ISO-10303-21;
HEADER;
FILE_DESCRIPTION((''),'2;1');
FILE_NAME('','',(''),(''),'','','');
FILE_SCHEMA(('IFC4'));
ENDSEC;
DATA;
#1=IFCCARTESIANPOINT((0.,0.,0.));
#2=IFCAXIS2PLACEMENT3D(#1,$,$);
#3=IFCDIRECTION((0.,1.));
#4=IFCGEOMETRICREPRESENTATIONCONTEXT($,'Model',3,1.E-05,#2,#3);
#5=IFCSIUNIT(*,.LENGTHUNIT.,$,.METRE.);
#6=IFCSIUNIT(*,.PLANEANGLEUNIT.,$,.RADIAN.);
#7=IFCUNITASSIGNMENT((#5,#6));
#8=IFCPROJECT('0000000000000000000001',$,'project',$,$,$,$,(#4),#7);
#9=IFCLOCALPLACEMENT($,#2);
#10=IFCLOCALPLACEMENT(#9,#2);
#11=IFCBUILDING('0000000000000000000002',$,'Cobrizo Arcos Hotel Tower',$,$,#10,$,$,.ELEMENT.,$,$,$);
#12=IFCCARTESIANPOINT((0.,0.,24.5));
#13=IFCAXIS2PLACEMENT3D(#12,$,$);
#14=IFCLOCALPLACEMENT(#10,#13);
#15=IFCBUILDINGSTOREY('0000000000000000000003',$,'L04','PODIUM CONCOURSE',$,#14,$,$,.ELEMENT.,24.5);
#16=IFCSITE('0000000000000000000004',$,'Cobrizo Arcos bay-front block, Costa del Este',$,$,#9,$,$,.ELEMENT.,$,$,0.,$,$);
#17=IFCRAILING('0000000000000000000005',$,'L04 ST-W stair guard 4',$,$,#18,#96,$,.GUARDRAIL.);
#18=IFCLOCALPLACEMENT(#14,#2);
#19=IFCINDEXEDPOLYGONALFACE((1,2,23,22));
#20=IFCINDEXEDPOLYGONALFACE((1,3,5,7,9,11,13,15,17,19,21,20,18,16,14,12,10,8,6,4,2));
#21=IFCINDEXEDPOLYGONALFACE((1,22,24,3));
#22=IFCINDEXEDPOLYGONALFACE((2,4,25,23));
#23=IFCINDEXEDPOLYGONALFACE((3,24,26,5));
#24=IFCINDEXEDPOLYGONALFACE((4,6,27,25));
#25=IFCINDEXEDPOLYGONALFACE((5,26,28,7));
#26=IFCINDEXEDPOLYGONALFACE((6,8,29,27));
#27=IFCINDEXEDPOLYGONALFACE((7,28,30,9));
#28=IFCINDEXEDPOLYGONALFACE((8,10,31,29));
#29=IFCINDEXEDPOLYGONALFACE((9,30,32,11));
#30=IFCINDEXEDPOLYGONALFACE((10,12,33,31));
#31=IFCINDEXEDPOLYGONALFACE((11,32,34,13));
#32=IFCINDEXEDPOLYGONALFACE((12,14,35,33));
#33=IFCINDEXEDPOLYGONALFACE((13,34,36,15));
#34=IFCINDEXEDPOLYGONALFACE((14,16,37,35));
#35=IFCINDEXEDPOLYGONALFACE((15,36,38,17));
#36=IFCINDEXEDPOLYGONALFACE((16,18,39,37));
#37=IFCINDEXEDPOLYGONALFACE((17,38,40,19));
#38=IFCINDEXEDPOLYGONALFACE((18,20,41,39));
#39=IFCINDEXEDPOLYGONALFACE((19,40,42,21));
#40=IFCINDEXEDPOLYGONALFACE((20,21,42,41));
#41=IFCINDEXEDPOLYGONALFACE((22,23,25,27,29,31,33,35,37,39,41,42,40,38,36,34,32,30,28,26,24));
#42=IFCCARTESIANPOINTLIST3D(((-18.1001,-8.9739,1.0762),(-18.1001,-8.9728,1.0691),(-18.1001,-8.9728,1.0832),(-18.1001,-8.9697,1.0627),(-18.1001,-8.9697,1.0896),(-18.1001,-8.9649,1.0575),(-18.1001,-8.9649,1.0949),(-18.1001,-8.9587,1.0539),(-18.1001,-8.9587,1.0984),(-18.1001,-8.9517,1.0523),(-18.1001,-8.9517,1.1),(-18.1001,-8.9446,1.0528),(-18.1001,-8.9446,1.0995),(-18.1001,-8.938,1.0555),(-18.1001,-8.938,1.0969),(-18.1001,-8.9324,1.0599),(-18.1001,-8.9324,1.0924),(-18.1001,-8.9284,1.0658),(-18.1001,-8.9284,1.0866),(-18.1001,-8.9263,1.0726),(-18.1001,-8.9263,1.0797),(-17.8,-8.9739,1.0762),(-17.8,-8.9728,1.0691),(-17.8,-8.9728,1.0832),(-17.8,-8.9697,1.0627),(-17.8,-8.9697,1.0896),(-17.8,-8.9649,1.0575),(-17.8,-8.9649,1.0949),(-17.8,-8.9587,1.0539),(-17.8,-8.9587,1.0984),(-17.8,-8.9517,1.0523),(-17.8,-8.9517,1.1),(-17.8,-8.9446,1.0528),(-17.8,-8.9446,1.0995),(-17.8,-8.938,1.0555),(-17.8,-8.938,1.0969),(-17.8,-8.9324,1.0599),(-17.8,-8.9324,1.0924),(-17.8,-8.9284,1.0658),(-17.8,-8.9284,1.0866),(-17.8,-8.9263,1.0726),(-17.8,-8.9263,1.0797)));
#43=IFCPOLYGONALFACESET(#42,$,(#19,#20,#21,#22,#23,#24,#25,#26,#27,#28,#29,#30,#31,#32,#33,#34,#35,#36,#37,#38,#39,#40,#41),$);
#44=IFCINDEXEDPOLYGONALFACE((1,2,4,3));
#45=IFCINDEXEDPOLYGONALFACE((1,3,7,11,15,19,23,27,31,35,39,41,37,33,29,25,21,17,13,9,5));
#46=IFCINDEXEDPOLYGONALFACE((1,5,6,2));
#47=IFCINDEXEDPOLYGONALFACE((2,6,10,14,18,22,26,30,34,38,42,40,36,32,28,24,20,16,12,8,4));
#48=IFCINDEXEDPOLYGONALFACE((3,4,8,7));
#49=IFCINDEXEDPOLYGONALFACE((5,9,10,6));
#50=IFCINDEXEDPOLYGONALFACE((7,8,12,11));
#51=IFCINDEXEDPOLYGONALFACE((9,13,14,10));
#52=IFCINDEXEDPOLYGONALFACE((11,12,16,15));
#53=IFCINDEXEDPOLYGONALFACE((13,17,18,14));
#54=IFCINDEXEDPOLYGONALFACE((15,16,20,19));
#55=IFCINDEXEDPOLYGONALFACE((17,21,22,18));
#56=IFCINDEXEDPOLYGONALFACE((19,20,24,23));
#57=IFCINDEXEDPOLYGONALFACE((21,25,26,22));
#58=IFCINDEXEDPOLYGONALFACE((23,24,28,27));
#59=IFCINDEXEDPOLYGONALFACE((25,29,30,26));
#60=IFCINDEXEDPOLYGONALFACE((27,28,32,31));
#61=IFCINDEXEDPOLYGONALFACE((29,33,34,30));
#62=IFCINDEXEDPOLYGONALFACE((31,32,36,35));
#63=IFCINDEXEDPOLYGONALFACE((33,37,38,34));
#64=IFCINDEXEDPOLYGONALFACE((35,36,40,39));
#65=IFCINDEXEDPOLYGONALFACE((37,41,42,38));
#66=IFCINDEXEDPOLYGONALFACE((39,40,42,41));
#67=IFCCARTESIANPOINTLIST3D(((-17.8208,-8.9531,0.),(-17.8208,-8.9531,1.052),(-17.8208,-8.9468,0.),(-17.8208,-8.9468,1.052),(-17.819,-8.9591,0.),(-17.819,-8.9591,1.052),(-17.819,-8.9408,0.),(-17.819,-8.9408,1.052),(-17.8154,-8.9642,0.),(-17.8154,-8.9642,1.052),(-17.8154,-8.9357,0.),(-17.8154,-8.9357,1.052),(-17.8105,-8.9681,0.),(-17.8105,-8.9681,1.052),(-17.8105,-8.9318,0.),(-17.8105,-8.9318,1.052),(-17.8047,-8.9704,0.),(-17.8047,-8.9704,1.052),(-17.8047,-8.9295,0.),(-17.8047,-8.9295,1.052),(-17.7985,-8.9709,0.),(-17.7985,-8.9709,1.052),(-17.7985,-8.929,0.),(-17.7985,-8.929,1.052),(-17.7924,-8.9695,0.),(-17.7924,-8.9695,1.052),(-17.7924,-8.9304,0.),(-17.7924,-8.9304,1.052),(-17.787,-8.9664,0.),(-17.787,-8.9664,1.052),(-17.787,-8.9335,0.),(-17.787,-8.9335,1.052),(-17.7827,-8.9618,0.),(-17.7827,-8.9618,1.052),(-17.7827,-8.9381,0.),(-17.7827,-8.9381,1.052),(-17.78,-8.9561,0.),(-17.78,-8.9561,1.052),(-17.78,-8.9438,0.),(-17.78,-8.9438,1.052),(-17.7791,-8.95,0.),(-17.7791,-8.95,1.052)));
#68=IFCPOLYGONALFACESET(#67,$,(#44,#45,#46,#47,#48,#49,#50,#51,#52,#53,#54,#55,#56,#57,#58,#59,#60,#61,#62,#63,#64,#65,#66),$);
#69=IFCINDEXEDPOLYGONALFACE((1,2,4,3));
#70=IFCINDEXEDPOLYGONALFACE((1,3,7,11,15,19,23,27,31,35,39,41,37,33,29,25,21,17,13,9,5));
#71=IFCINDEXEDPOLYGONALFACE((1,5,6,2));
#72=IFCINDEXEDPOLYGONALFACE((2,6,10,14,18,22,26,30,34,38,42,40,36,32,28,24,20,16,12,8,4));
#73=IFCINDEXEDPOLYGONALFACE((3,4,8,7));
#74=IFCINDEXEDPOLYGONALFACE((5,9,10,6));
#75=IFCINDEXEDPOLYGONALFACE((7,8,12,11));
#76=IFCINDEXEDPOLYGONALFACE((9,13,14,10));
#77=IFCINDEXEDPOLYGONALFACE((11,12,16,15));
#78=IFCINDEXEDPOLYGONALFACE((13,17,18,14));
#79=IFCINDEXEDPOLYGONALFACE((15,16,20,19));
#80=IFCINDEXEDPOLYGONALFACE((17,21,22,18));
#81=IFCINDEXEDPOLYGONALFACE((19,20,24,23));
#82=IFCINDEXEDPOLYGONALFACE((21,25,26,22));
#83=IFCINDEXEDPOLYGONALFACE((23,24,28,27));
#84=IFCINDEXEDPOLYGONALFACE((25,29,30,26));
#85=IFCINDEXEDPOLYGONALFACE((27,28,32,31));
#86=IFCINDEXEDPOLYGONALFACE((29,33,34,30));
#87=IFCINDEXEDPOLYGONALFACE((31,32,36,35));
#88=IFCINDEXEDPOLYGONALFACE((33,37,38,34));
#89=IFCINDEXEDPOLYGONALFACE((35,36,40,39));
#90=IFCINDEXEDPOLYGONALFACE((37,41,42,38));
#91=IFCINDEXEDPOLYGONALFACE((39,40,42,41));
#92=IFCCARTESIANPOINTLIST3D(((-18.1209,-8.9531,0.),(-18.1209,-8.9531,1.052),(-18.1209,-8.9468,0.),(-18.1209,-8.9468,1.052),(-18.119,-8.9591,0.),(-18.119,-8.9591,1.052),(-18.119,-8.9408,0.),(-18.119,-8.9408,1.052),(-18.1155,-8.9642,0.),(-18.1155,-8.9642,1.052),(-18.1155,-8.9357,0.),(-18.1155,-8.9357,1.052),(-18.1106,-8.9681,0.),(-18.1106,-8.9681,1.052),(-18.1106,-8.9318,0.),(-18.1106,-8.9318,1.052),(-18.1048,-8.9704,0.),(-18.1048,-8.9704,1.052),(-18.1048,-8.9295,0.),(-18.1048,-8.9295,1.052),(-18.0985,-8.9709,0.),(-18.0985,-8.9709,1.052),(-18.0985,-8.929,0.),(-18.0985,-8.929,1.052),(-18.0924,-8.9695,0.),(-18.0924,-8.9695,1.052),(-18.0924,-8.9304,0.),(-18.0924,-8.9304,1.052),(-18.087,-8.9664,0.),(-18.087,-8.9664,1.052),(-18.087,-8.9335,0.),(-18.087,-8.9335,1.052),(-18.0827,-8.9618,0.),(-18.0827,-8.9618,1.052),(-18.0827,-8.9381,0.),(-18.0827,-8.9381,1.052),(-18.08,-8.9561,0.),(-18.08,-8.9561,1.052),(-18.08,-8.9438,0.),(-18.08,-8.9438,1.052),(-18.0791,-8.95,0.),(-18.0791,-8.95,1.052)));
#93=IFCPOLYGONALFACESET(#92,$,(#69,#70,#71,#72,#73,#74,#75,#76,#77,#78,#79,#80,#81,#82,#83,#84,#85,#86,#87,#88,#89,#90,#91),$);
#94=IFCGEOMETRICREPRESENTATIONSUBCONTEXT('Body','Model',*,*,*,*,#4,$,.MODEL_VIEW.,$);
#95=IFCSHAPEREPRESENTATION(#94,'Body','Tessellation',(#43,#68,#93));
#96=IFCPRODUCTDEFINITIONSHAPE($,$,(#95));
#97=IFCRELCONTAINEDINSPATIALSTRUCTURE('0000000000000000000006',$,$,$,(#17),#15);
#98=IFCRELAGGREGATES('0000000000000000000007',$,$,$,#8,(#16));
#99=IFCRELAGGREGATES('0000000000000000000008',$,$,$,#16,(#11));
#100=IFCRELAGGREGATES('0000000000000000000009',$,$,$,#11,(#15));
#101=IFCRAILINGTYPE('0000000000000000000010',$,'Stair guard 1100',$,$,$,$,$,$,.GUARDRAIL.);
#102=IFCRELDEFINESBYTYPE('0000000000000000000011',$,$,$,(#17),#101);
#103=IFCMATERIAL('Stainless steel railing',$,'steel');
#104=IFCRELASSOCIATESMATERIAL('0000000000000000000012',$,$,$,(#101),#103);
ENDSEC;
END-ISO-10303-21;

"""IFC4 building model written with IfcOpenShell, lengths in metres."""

from ifc_helpers import new_model, si_unit, direction, frame, origin, origin_2d, place, context, subcontext, project, spatial, circle, extrude, material, type_object, element, save


model = new_model("IFC4")

# Units and contexts
model_context = context("Model", 3, precision=1e-05, world=origin(), true_north=direction((0.0, 1.0)))
body_context = subcontext(model_context, "Body", "Model", "MODEL_VIEW")
ifc_project = project(units=[si_unit("LENGTHUNIT", "METRE"), si_unit("PLANEANGLEUNIT", "RADIAN")], contexts=[model_context])

# Site, building, storey
site_placement = place(None, origin())
site = spatial("IfcSite", under=ifc_project, at=site_placement, Name="Cobrizo Arcos bay-front block, Costa del Este", CompositionType="ELEMENT", RefElevation=0.0)
building_placement = place(site_placement, origin())
building = spatial("IfcBuilding", under=site, at=building_placement, Name="Cobrizo Arcos Hotel Tower", CompositionType="ELEMENT")
storey_placement = place(building_placement, frame((0.0, 0.0, 24.5)))
storey = spatial("IfcBuildingStorey", under=building, at=storey_placement, Name="L04", Description="PODIUM CONCOURSE", CompositionType="ELEMENT", Elevation=24.5)

# Railing
ifc_material_1 = material(Name="Stainless steel railing", Category="steel")
railing_type_1 = type_object("IfcRailingType", Name="Stair guard 1100", PredefinedType="GUARDRAIL", material=ifc_material_1)
railing_1_placement = place(storey_placement, frame((-17.8, -8.95, 0.0)))
element("IfcRailing", 1, at=railing_1_placement, inside=storey, type_object=railing_type_1, Name="L04 ST-W stair guard 4", PredefinedType="GUARDRAIL", context=body_context, shape_type="SweptSolid", body=[
    extrude(circle(Radius=0.0239, at=origin_2d()), frame((0.0, 0.0, 1.0762), z_axis=(-1.0, 0.0, 0.0), x_axis=(0.0, -1.0, 0.0)), (0.0, 0.0, 1.0), 0.3),
    extrude(circle(Radius=0.021, at=origin_2d()), origin(), (0.0, 0.0, 1.0), 1.052),
    extrude(circle(Radius=0.021, at=origin_2d()), frame((-0.3, 0.0, 0.0)), (0.0, 0.0, 1.0), 1.052),
])

save(model, "model.ifc")
